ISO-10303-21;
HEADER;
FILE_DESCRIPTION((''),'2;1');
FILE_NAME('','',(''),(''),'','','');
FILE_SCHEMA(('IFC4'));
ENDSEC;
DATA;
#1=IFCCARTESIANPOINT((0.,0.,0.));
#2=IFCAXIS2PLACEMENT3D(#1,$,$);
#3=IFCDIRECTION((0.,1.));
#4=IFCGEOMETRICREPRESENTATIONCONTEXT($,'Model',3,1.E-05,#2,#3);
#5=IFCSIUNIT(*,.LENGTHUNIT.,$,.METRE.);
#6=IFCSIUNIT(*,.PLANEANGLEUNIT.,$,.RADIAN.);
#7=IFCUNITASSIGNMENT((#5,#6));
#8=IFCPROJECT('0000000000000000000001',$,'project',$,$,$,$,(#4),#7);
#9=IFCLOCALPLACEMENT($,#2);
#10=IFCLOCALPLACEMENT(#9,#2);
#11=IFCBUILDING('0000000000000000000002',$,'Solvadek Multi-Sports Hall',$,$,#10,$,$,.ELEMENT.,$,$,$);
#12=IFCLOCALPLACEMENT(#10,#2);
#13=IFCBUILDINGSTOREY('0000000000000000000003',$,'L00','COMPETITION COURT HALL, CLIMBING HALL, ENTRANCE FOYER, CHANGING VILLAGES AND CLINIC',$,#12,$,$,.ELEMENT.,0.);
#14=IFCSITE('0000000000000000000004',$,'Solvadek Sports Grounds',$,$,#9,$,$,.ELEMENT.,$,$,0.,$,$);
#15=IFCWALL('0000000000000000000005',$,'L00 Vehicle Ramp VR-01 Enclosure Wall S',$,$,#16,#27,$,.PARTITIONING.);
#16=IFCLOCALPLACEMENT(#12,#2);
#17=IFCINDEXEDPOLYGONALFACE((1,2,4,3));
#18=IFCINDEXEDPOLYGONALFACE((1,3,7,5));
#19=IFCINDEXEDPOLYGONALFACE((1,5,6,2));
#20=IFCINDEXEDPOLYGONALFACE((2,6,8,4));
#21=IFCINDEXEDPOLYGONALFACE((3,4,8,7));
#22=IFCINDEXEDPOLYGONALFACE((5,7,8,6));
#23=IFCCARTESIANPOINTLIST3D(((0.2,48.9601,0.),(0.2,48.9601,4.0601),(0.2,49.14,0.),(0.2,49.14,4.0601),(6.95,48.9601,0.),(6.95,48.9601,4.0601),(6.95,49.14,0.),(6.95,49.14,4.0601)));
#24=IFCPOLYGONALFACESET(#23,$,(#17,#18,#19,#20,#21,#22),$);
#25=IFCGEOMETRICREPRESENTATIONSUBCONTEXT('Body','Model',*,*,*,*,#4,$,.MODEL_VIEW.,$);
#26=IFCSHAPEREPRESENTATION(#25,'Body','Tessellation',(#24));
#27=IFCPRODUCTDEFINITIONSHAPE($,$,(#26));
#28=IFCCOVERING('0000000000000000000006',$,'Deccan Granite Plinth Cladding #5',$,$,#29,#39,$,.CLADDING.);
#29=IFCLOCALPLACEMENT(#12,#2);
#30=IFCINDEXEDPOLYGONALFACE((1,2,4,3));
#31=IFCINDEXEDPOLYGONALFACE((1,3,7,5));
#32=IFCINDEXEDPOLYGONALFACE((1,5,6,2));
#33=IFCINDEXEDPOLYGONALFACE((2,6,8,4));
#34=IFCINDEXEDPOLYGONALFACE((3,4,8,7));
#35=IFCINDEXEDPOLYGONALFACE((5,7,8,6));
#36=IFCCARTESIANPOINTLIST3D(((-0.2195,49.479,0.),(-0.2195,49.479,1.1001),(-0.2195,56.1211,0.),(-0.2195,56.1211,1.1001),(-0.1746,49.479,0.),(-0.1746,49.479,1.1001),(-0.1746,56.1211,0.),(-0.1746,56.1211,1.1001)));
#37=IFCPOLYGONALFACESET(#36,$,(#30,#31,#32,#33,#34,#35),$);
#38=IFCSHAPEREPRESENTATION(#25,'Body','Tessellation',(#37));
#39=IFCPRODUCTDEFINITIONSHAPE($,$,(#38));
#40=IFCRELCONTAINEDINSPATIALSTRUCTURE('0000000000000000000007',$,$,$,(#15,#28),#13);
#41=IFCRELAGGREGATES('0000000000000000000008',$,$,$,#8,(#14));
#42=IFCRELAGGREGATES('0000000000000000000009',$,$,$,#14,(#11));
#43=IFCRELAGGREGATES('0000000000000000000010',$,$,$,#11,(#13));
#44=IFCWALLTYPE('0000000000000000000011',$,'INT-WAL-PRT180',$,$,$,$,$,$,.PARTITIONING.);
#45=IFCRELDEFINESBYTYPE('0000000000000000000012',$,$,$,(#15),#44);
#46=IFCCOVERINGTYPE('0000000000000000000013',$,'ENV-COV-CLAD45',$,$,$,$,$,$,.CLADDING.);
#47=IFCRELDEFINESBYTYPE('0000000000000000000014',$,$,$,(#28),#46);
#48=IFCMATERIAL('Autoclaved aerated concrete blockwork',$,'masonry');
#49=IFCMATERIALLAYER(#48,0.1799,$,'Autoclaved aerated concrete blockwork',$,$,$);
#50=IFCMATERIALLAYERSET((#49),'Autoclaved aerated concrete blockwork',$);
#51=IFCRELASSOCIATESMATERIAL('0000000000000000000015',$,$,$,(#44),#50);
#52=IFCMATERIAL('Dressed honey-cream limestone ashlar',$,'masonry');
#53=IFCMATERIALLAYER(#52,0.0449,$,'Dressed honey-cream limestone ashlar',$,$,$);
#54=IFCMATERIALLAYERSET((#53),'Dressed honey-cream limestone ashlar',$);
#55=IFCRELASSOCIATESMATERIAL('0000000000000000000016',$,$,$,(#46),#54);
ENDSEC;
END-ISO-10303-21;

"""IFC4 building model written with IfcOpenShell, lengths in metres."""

from ifc_helpers import new_model, si_unit, direction, frame, frame_2d, origin, origin_2d, place, context, subcontext, project, spatial, rectangle, extrude, material, layer, layer_set, type_object, element, save


model = new_model("IFC4")

# Units and contexts
model_context = context("Model", 3, precision=1e-05, world=origin(), true_north=direction((0.0, 1.0)))
body_context = subcontext(model_context, "Body", "Model", "MODEL_VIEW")
ifc_project = project(units=[si_unit("LENGTHUNIT", "METRE"), si_unit("PLANEANGLEUNIT", "RADIAN")], contexts=[model_context])

# Site, building, storey
site_placement = place(None, origin())
site = spatial("IfcSite", under=ifc_project, at=site_placement, Name="Solvadek Sports Grounds", CompositionType="ELEMENT", RefElevation=0.0)
building_placement = place(site_placement, origin())
building = spatial("IfcBuilding", under=site, at=building_placement, Name="Solvadek Multi-Sports Hall", CompositionType="ELEMENT")
storey_placement = place(building_placement, origin())
storey = spatial("IfcBuildingStorey", under=building, at=storey_placement, Name="L00", Description="COMPETITION COURT HALL, CLIMBING HALL, ENTRANCE FOYER, CHANGING VILLAGES AND CLINIC", CompositionType="ELEMENT", Elevation=0.0)

# Wall
ifc_material_1 = material(Name="Autoclaved aerated concrete blockwork", Category="masonry")
ifc_layer_1 = layer(ifc_material_1, 0.1799, Name="Autoclaved aerated concrete blockwork")
ifc_layer_set_1 = layer_set([ifc_layer_1], Name="Autoclaved aerated concrete blockwork")
wall_type_1 = type_object("IfcWallType", Name="INT-WAL-PRT180", PredefinedType="PARTITIONING", material=ifc_layer_set_1)
wall_1_placement = place(storey_placement, frame((0.2, 49.05, 0.0), z_axis=(0.0, 0.0, 1.0), x_axis=(1.0, 0.0, 0.0)))
element("IfcWall", 1, at=wall_1_placement, inside=storey, type_object=wall_type_1, Name="L00 Vehicle Ramp VR-01 Enclosure Wall S", PredefinedType="PARTITIONING", context=body_context, shape_type="SweptSolid", body=[
    extrude(rectangle(XDim=6.75, YDim=0.1799, at=frame_2d((3.375, 0.0))), origin(), (0.0, 0.0, 1.0), 4.0601),
])

# Covering
ifc_material_2 = material(Name="Dressed honey-cream limestone ashlar", Category="masonry")
ifc_layer_2 = layer(ifc_material_2, 0.0449, Name="Dressed honey-cream limestone ashlar")
ifc_layer_set_2 = layer_set([ifc_layer_2], Name="Dressed honey-cream limestone ashlar")
covering_type = type_object("IfcCoveringType", Name="ENV-COV-CLAD45", PredefinedType="CLADDING", material=ifc_layer_set_2)
covering_placement = place(storey_placement, frame((-0.197, 52.8, 0.0), z_axis=(0.0, 0.0, 1.0), x_axis=(0.0, 1.0, 0.0)))
element("IfcCovering", 2, at=covering_placement, inside=storey, type_object=covering_type, Name="Deccan Granite Plinth Cladding #5", PredefinedType="CLADDING", context=body_context, shape_type="SweptSolid", body=[
    extrude(rectangle(XDim=6.6421, YDim=0.0449, at=origin_2d()), origin(), (0.0, 0.0, 1.0), 1.1001),
])

save(model, "model.ifc")
